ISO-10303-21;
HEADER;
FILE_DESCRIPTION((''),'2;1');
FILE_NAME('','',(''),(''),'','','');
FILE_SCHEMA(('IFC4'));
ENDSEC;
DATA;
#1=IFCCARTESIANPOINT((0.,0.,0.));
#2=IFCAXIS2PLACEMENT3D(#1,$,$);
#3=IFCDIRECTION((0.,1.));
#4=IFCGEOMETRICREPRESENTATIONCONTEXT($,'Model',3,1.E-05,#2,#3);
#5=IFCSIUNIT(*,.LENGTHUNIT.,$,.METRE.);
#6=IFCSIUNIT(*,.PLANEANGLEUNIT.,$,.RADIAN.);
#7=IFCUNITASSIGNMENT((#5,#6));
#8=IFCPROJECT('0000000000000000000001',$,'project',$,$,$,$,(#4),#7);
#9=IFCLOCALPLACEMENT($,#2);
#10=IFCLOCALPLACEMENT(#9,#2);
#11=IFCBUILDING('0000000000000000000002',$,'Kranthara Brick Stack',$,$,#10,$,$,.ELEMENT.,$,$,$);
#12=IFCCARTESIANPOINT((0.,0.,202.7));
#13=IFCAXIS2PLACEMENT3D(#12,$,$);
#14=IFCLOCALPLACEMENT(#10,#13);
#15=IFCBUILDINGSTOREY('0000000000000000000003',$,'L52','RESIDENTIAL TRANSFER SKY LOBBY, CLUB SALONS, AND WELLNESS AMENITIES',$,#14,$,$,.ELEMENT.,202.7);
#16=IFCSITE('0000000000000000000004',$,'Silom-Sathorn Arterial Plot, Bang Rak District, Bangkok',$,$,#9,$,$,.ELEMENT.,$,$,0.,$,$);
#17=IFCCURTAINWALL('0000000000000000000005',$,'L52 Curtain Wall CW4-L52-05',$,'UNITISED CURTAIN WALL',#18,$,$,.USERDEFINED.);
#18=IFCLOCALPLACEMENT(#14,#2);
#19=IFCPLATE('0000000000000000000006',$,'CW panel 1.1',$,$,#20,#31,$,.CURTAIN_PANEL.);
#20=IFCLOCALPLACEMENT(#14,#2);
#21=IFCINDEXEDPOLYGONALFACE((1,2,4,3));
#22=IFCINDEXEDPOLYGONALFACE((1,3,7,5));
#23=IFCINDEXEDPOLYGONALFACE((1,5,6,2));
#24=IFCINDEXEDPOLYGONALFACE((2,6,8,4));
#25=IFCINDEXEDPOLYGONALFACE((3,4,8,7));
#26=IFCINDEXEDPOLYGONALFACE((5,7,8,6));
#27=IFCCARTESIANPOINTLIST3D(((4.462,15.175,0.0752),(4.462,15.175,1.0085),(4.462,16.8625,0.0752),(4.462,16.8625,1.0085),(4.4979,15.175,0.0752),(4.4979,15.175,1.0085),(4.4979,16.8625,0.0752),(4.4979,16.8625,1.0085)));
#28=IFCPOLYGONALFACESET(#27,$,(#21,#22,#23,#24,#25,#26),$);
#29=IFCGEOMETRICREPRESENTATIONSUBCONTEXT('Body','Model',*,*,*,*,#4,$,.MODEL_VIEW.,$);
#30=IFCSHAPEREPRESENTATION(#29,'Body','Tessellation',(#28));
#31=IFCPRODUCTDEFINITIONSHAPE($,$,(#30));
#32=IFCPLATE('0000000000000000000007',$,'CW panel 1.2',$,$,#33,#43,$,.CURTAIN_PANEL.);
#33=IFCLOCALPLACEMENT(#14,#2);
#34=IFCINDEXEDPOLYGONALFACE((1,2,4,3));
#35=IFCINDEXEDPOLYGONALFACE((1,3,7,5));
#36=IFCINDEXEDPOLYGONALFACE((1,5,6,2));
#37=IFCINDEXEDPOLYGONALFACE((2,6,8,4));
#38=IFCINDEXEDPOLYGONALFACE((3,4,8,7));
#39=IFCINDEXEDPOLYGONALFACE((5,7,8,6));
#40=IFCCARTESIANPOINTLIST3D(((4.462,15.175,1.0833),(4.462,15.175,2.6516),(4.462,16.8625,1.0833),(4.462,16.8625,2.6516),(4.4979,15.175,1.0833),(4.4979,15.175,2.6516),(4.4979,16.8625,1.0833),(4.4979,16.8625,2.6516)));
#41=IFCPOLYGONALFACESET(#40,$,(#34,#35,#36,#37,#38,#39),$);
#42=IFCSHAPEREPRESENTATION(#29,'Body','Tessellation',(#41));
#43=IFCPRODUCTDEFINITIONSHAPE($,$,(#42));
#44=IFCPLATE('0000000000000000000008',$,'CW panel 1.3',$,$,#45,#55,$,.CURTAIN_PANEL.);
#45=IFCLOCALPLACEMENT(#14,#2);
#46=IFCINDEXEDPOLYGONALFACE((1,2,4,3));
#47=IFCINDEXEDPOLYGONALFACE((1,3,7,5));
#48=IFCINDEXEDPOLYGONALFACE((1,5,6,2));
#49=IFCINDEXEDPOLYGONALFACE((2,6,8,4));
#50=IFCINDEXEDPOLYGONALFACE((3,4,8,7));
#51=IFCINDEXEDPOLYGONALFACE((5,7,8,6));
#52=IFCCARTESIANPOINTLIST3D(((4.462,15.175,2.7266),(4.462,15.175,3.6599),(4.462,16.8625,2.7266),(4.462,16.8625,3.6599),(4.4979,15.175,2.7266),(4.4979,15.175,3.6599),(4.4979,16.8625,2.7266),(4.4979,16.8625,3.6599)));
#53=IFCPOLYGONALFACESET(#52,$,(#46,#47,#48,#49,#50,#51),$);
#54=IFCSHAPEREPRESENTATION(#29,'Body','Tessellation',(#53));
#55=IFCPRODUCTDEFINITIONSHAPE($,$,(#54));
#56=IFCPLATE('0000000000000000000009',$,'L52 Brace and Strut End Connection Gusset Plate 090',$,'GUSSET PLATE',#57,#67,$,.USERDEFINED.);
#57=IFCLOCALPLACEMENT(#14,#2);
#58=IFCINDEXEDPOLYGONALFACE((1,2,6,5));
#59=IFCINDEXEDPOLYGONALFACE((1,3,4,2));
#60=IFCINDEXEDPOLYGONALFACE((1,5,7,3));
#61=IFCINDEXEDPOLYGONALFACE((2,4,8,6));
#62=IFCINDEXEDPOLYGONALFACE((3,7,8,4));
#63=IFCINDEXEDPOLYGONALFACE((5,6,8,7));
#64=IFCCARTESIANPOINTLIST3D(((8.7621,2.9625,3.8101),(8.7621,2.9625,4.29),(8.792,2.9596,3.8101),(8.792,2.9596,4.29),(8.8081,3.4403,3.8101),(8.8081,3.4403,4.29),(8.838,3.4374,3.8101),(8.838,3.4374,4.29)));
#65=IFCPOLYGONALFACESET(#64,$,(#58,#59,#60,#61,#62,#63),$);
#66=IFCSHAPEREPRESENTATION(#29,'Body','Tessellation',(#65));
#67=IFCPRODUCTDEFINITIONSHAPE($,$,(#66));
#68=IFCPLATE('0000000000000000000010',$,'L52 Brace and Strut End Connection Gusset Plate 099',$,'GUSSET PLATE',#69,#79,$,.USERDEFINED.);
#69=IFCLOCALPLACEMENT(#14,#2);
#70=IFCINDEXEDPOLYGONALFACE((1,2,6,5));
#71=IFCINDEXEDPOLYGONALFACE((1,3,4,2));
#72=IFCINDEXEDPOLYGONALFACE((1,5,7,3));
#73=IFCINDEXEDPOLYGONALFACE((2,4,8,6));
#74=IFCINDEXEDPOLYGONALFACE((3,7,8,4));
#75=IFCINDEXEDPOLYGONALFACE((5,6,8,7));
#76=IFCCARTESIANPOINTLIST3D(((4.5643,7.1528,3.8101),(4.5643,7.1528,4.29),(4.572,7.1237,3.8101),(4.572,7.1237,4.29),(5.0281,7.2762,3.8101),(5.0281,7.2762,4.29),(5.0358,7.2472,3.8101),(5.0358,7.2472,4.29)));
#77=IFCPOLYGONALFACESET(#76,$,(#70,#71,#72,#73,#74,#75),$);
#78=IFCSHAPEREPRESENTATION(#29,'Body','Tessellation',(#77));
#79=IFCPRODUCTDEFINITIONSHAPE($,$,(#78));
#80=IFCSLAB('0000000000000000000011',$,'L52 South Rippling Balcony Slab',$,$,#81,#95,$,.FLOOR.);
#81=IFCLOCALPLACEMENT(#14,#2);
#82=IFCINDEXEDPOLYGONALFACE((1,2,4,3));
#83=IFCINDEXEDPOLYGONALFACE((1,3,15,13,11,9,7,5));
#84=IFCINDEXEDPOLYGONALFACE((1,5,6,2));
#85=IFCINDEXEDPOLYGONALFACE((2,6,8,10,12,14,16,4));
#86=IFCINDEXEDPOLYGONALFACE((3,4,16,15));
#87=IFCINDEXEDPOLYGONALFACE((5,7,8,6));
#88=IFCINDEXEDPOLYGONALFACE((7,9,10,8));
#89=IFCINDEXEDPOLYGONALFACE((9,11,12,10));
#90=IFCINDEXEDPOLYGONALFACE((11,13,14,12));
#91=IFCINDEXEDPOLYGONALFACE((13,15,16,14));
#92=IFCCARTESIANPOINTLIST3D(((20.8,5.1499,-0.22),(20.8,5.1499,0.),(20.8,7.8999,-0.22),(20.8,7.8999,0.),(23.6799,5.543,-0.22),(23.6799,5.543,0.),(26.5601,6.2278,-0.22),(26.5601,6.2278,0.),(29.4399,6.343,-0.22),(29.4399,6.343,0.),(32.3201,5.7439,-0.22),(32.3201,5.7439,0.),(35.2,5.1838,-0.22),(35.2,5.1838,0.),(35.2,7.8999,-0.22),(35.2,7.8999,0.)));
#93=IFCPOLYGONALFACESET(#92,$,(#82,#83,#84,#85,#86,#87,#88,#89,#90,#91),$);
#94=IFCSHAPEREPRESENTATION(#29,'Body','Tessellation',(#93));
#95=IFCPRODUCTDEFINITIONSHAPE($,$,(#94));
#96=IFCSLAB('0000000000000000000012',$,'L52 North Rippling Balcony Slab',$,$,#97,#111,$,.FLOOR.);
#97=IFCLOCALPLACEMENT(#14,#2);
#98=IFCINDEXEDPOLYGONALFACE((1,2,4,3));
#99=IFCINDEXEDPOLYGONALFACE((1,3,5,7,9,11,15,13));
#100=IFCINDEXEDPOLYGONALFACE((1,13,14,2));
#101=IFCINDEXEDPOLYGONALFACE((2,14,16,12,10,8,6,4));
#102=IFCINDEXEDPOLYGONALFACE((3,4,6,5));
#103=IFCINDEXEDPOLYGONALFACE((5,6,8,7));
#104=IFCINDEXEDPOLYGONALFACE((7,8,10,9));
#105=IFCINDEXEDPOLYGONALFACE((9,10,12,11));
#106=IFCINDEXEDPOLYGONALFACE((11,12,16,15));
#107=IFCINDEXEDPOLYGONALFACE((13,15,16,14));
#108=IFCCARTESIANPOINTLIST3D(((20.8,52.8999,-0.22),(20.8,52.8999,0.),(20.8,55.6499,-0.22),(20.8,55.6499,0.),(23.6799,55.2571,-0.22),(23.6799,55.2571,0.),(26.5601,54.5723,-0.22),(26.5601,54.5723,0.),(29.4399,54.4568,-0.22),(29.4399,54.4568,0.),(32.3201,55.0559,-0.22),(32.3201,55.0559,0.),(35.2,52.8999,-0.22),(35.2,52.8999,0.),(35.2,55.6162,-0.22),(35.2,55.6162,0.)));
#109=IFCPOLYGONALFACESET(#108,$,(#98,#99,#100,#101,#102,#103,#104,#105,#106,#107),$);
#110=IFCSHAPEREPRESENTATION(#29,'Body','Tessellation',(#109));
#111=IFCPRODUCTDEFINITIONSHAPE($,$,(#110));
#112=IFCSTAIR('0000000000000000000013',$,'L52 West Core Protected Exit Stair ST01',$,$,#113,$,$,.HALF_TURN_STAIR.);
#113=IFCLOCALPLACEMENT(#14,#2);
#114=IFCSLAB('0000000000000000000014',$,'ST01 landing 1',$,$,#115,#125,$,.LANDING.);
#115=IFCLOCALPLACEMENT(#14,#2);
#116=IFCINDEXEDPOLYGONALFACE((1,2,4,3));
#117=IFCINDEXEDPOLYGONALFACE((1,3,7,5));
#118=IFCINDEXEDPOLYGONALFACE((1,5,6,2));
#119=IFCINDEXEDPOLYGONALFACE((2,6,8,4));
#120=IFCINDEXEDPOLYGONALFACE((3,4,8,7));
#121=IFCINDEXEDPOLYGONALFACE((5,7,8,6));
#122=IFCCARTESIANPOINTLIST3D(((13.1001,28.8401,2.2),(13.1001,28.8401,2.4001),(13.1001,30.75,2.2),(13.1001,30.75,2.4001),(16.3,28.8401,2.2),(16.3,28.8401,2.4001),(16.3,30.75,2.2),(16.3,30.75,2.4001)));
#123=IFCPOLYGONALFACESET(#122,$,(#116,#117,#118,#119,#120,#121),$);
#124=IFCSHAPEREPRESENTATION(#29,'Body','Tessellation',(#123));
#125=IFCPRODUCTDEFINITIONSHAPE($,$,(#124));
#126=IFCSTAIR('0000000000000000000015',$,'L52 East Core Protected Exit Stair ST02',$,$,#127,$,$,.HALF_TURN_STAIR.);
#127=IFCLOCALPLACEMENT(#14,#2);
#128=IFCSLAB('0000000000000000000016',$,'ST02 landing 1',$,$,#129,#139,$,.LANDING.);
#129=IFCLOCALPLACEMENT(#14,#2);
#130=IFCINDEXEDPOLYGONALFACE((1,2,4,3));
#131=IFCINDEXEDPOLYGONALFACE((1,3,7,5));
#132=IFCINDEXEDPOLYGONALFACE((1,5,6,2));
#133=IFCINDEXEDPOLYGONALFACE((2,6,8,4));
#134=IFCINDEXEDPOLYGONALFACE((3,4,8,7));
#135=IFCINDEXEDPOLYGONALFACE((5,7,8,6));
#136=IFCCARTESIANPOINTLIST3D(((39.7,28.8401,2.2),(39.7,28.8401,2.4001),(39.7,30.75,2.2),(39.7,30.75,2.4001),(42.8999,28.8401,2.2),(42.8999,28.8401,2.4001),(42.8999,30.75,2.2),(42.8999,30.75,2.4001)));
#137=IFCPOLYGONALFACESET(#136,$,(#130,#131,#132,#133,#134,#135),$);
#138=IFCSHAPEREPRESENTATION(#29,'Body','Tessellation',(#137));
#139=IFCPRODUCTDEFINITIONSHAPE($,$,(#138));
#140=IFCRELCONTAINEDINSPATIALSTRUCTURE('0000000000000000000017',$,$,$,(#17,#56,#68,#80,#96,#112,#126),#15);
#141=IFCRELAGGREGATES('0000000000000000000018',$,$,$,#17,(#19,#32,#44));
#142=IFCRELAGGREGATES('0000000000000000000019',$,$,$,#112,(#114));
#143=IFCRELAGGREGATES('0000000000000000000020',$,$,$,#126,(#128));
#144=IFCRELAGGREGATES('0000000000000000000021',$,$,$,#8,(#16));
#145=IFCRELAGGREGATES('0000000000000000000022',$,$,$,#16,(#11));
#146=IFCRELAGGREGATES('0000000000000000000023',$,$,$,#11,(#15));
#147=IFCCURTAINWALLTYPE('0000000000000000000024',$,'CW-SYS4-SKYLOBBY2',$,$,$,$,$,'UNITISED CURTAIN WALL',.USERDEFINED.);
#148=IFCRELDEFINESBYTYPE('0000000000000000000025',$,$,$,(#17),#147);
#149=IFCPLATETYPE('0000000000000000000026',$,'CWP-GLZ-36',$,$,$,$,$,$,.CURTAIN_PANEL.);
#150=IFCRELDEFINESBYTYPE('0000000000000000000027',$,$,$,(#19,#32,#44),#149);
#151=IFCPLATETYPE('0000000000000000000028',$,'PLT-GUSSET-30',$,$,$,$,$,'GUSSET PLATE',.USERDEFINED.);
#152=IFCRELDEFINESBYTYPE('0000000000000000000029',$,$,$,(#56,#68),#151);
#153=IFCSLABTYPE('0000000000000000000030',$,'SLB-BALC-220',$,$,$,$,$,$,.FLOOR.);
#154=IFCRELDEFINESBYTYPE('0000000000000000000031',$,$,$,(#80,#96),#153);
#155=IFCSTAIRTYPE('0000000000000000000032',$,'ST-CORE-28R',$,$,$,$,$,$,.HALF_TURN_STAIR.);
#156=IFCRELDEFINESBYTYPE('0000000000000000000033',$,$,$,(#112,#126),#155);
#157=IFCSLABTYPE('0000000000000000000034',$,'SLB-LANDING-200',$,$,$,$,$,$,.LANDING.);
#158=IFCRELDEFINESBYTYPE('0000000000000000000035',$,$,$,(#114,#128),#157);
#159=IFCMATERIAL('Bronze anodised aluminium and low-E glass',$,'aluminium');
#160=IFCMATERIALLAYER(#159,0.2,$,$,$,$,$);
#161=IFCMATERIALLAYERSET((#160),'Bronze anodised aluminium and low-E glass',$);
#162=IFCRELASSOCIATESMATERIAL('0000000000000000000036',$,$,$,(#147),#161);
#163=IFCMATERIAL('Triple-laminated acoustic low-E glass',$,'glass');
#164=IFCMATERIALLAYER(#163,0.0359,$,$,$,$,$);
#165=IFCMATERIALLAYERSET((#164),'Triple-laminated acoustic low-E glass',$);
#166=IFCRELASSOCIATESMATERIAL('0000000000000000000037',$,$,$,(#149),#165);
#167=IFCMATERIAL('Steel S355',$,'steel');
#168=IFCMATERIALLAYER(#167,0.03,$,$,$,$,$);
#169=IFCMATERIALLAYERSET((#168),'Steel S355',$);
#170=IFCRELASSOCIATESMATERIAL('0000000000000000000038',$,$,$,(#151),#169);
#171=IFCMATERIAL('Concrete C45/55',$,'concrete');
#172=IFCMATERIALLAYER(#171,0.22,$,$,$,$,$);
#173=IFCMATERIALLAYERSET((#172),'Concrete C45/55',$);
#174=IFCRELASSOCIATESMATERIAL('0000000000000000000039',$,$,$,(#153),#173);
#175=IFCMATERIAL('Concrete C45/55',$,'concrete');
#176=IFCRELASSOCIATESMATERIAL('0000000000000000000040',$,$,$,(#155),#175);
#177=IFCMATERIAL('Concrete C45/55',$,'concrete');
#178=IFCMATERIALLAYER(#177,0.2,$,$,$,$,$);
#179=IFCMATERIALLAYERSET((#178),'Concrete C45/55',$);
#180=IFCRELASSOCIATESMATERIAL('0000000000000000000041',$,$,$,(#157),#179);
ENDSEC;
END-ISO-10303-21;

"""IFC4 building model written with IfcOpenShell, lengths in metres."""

from ifc_helpers import new_model, si_unit, direction, frame, origin, origin_2d, place, context, subcontext, project, spatial, polyline, rectangle, outline, extrude, material, layer, layer_set, type_object, element, aggregate, save


model = new_model("IFC4")

# Units and contexts
model_context = context("Model", 3, precision=1e-05, world=origin(), true_north=direction((0.0, 1.0)))
body_context = subcontext(model_context, "Body", "Model", "MODEL_VIEW")
ifc_project = project(units=[si_unit("LENGTHUNIT", "METRE"), si_unit("PLANEANGLEUNIT", "RADIAN")], contexts=[model_context])

# Site, building, storey
site_placement = place(None, origin())
site = spatial("IfcSite", under=ifc_project, at=site_placement, Name="Silom-Sathorn Arterial Plot, Bang Rak District, Bangkok", CompositionType="ELEMENT", RefElevation=0.0)
building_placement = place(site_placement, origin())
building = spatial("IfcBuilding", under=site, at=building_placement, Name="Kranthara Brick Stack", CompositionType="ELEMENT")
storey_placement = place(building_placement, frame((0.0, 0.0, 202.7)))
storey = spatial("IfcBuildingStorey", under=building, at=storey_placement, Name="L52", Description="RESIDENTIAL TRANSFER SKY LOBBY, CLUB SALONS, AND WELLNESS AMENITIES", CompositionType="ELEMENT", Elevation=202.7)

# Curtain wall, plates
ifc_material_1 = material(Name="Bronze anodised aluminium and low-E glass", Category="aluminium")
ifc_layer_1 = layer(ifc_material_1, 0.2)
ifc_layer_set_1 = layer_set([ifc_layer_1], Name="Bronze anodised aluminium and low-E glass")
curtain_wall_type = type_object("IfcCurtainWallType", Name="CW-SYS4-SKYLOBBY2", ElementType="UNITISED CURTAIN WALL", PredefinedType="USERDEFINED", material=ifc_layer_set_1)
curtain_wall_placement = place(storey_placement, origin())
curtain_wall = element("IfcCurtainWall", 1, at=curtain_wall_placement, inside=storey, type_object=curtain_wall_type, Name="L52 Curtain Wall CW4-L52-05", ObjectType="UNITISED CURTAIN WALL", PredefinedType="USERDEFINED")
ifc_material_2 = material(Name="Triple-laminated acoustic low-E glass", Category="glass")
ifc_layer_2 = layer(ifc_material_2, 0.0359)
ifc_layer_set_2 = layer_set([ifc_layer_2], Name="Triple-laminated acoustic low-E glass")
plate_type_1 = type_object("IfcPlateType", Name="CWP-GLZ-36", PredefinedType="CURTAIN_PANEL", material=ifc_layer_set_2)
plate_1_placement = place(storey_placement, frame((4.48, 16.0188, 0.0752), z_axis=(0.0, 0.0, 1.0), x_axis=(0.0, 1.0, 0.0)))
plate_1 = element("IfcPlate", 2, at=plate_1_placement, type_object=plate_type_1, Name="CW panel 1.1", PredefinedType="CURTAIN_PANEL", context=body_context, shape_type="SweptSolid", body=[
    extrude(rectangle(XDim=1.6875, YDim=0.0359, at=origin_2d()), origin(), (0.0, 0.0, 1.0), 0.9333),
])
plate_2_placement = place(storey_placement, frame((4.48, 16.0188, 1.0833), z_axis=(0.0, 0.0, 1.0), x_axis=(0.0, 1.0, 0.0)))
plate_2 = element("IfcPlate", 3, at=plate_2_placement, type_object=plate_type_1, Name="CW panel 1.2", PredefinedType="CURTAIN_PANEL", context=body_context, shape_type="SweptSolid", body=[
    extrude(rectangle(XDim=1.6875, YDim=0.0359, at=origin_2d()), origin(), (0.0, 0.0, 1.0), 1.5684),
])
plate_3_placement = place(storey_placement, frame((4.48, 16.0188, 2.7266), z_axis=(0.0, 0.0, 1.0), x_axis=(0.0, 1.0, 0.0)))
plate_3 = element("IfcPlate", 4, at=plate_3_placement, type_object=plate_type_1, Name="CW panel 1.3", PredefinedType="CURTAIN_PANEL", context=body_context, shape_type="SweptSolid", body=[
    extrude(rectangle(XDim=1.6875, YDim=0.0359, at=origin_2d()), origin(), (0.0, 0.0, 1.0), 0.9333),
])
aggregate(curtain_wall, [plate_1, plate_2, plate_3])

# Plates
ifc_material_3 = material(Name="Steel S355", Category="steel")
ifc_layer_3 = layer(ifc_material_3, 0.03)
ifc_layer_set_3 = layer_set([ifc_layer_3], Name="Steel S355")
plate_type_2 = type_object("IfcPlateType", Name="PLT-GUSSET-30", ElementType="GUSSET PLATE", PredefinedType="USERDEFINED", material=ifc_layer_set_3)
for number, where, z_axis, x_axis, name in (
    (5, (8.8, 3.2, 3.8101), (0.0, 0.0, 1.0), (0.095846, 0.995396, 0.0), "L52 Brace and Strut End Connection Gusset Plate 090"),
    (6, (4.8, 7.2, 3.8101), (0.0, 0.0, 1.0), (0.966376, 0.257133, 0.0), "L52 Brace and Strut End Connection Gusset Plate 099"),
):
    element("IfcPlate", number, at=place(storey_placement, frame(where, z_axis=z_axis, x_axis=x_axis)), inside=storey, type_object=plate_type_2, Name=name, ObjectType="GUSSET PLATE", PredefinedType="USERDEFINED", context=body_context, shape_type="SweptSolid", body=[
        extrude(rectangle(XDim=0.48, YDim=0.03, at=origin_2d()), origin(), (0.0, 0.0, 1.0), 0.48),
    ])

# Slabs
ifc_material_4 = material(Name="Concrete C45/55", Category="concrete")
ifc_layer_4 = layer(ifc_material_4, 0.22)
ifc_layer_set_4 = layer_set([ifc_layer_4], Name="Concrete C45/55")
slab_type_1 = type_object("IfcSlabType", Name="SLB-BALC-220", PredefinedType="FLOOR", material=ifc_layer_set_4)
slab_1_placement = place(storey_placement, frame((0.0, 0.0, -0.22)))
element("IfcSlab", 7, at=slab_1_placement, inside=storey, type_object=slab_type_1, Name="L52 South Rippling Balcony Slab", PredefinedType="FLOOR", context=body_context, shape_type="SweptSolid", body=[
    extrude(outline(polyline([(20.8, 7.8999), (35.2, 7.8999), (35.2, 5.1838), (32.3201, 5.7439), (29.4399, 6.343), (26.5601, 6.2278), (23.6799, 5.543), (20.8, 5.1499), (20.8, 7.8999)])), origin(), (0.0, 0.0, 1.0), 0.22),
])
slab_2_placement = place(storey_placement, frame((0.0, 0.0, -0.22)))
element("IfcSlab", 8, at=slab_2_placement, inside=storey, type_object=slab_type_1, Name="L52 North Rippling Balcony Slab", PredefinedType="FLOOR", context=body_context, shape_type="SweptSolid", body=[
    extrude(outline(polyline([(35.2, 52.8999), (20.8, 52.8999), (20.8, 55.6499), (23.6799, 55.2571), (26.5601, 54.5723), (29.4399, 54.4568), (32.3201, 55.0559), (35.2, 55.6162), (35.2, 52.8999)])), origin(), (0.0, 0.0, 1.0), 0.22),
])

# Stairs, slabs
ifc_material_5 = material(Name="Concrete C45/55", Category="concrete")
stair_type = type_object("IfcStairType", Name="ST-CORE-28R", PredefinedType="HALF_TURN_STAIR", material=ifc_material_5)
stair_1_placement = place(storey_placement, origin())
stair_1 = element("IfcStair", 9, at=stair_1_placement, inside=storey, type_object=stair_type, Name="L52 West Core Protected Exit Stair ST01", PredefinedType="HALF_TURN_STAIR")
ifc_material_6 = material(Name="Concrete C45/55", Category="concrete")
ifc_layer_5 = layer(ifc_material_6, 0.2)
ifc_layer_set_5 = layer_set([ifc_layer_5], Name="Concrete C45/55")
slab_type_2 = type_object("IfcSlabType", Name="SLB-LANDING-200", PredefinedType="LANDING", material=ifc_layer_set_5)
slab_3_placement = place(storey_placement, frame((0.0, 0.0, 2.2)))
slab_3 = element("IfcSlab", 10, at=slab_3_placement, type_object=slab_type_2, Name="ST01 landing 1", PredefinedType="LANDING", context=body_context, shape_type="SweptSolid", body=[
    extrude(outline(polyline([(16.3, 28.8401), (16.3, 30.75), (13.1001, 30.75), (13.1001, 28.8401), (16.3, 28.8401)])), origin(), (0.0, 0.0, 1.0), 0.2002),
])
aggregate(stair_1, [slab_3])
stair_2_placement = place(storey_placement, origin())
stair_2 = element("IfcStair", 11, at=stair_2_placement, inside=storey, type_object=stair_type, Name="L52 East Core Protected Exit Stair ST02", PredefinedType="HALF_TURN_STAIR")
slab_4_placement = place(storey_placement, frame((0.0, 0.0, 2.2)))
slab_4 = element("IfcSlab", 12, at=slab_4_placement, type_object=slab_type_2, Name="ST02 landing 1", PredefinedType="LANDING", context=body_context, shape_type="SweptSolid", body=[
    extrude(outline(polyline([(42.8999, 28.8401), (42.8999, 30.75), (39.7, 30.75), (39.7, 28.8401), (42.8999, 28.8401)])), origin(), (0.0, 0.0, 1.0), 0.2002),
])
aggregate(stair_2, [slab_4])

save(model, "model.ifc")
